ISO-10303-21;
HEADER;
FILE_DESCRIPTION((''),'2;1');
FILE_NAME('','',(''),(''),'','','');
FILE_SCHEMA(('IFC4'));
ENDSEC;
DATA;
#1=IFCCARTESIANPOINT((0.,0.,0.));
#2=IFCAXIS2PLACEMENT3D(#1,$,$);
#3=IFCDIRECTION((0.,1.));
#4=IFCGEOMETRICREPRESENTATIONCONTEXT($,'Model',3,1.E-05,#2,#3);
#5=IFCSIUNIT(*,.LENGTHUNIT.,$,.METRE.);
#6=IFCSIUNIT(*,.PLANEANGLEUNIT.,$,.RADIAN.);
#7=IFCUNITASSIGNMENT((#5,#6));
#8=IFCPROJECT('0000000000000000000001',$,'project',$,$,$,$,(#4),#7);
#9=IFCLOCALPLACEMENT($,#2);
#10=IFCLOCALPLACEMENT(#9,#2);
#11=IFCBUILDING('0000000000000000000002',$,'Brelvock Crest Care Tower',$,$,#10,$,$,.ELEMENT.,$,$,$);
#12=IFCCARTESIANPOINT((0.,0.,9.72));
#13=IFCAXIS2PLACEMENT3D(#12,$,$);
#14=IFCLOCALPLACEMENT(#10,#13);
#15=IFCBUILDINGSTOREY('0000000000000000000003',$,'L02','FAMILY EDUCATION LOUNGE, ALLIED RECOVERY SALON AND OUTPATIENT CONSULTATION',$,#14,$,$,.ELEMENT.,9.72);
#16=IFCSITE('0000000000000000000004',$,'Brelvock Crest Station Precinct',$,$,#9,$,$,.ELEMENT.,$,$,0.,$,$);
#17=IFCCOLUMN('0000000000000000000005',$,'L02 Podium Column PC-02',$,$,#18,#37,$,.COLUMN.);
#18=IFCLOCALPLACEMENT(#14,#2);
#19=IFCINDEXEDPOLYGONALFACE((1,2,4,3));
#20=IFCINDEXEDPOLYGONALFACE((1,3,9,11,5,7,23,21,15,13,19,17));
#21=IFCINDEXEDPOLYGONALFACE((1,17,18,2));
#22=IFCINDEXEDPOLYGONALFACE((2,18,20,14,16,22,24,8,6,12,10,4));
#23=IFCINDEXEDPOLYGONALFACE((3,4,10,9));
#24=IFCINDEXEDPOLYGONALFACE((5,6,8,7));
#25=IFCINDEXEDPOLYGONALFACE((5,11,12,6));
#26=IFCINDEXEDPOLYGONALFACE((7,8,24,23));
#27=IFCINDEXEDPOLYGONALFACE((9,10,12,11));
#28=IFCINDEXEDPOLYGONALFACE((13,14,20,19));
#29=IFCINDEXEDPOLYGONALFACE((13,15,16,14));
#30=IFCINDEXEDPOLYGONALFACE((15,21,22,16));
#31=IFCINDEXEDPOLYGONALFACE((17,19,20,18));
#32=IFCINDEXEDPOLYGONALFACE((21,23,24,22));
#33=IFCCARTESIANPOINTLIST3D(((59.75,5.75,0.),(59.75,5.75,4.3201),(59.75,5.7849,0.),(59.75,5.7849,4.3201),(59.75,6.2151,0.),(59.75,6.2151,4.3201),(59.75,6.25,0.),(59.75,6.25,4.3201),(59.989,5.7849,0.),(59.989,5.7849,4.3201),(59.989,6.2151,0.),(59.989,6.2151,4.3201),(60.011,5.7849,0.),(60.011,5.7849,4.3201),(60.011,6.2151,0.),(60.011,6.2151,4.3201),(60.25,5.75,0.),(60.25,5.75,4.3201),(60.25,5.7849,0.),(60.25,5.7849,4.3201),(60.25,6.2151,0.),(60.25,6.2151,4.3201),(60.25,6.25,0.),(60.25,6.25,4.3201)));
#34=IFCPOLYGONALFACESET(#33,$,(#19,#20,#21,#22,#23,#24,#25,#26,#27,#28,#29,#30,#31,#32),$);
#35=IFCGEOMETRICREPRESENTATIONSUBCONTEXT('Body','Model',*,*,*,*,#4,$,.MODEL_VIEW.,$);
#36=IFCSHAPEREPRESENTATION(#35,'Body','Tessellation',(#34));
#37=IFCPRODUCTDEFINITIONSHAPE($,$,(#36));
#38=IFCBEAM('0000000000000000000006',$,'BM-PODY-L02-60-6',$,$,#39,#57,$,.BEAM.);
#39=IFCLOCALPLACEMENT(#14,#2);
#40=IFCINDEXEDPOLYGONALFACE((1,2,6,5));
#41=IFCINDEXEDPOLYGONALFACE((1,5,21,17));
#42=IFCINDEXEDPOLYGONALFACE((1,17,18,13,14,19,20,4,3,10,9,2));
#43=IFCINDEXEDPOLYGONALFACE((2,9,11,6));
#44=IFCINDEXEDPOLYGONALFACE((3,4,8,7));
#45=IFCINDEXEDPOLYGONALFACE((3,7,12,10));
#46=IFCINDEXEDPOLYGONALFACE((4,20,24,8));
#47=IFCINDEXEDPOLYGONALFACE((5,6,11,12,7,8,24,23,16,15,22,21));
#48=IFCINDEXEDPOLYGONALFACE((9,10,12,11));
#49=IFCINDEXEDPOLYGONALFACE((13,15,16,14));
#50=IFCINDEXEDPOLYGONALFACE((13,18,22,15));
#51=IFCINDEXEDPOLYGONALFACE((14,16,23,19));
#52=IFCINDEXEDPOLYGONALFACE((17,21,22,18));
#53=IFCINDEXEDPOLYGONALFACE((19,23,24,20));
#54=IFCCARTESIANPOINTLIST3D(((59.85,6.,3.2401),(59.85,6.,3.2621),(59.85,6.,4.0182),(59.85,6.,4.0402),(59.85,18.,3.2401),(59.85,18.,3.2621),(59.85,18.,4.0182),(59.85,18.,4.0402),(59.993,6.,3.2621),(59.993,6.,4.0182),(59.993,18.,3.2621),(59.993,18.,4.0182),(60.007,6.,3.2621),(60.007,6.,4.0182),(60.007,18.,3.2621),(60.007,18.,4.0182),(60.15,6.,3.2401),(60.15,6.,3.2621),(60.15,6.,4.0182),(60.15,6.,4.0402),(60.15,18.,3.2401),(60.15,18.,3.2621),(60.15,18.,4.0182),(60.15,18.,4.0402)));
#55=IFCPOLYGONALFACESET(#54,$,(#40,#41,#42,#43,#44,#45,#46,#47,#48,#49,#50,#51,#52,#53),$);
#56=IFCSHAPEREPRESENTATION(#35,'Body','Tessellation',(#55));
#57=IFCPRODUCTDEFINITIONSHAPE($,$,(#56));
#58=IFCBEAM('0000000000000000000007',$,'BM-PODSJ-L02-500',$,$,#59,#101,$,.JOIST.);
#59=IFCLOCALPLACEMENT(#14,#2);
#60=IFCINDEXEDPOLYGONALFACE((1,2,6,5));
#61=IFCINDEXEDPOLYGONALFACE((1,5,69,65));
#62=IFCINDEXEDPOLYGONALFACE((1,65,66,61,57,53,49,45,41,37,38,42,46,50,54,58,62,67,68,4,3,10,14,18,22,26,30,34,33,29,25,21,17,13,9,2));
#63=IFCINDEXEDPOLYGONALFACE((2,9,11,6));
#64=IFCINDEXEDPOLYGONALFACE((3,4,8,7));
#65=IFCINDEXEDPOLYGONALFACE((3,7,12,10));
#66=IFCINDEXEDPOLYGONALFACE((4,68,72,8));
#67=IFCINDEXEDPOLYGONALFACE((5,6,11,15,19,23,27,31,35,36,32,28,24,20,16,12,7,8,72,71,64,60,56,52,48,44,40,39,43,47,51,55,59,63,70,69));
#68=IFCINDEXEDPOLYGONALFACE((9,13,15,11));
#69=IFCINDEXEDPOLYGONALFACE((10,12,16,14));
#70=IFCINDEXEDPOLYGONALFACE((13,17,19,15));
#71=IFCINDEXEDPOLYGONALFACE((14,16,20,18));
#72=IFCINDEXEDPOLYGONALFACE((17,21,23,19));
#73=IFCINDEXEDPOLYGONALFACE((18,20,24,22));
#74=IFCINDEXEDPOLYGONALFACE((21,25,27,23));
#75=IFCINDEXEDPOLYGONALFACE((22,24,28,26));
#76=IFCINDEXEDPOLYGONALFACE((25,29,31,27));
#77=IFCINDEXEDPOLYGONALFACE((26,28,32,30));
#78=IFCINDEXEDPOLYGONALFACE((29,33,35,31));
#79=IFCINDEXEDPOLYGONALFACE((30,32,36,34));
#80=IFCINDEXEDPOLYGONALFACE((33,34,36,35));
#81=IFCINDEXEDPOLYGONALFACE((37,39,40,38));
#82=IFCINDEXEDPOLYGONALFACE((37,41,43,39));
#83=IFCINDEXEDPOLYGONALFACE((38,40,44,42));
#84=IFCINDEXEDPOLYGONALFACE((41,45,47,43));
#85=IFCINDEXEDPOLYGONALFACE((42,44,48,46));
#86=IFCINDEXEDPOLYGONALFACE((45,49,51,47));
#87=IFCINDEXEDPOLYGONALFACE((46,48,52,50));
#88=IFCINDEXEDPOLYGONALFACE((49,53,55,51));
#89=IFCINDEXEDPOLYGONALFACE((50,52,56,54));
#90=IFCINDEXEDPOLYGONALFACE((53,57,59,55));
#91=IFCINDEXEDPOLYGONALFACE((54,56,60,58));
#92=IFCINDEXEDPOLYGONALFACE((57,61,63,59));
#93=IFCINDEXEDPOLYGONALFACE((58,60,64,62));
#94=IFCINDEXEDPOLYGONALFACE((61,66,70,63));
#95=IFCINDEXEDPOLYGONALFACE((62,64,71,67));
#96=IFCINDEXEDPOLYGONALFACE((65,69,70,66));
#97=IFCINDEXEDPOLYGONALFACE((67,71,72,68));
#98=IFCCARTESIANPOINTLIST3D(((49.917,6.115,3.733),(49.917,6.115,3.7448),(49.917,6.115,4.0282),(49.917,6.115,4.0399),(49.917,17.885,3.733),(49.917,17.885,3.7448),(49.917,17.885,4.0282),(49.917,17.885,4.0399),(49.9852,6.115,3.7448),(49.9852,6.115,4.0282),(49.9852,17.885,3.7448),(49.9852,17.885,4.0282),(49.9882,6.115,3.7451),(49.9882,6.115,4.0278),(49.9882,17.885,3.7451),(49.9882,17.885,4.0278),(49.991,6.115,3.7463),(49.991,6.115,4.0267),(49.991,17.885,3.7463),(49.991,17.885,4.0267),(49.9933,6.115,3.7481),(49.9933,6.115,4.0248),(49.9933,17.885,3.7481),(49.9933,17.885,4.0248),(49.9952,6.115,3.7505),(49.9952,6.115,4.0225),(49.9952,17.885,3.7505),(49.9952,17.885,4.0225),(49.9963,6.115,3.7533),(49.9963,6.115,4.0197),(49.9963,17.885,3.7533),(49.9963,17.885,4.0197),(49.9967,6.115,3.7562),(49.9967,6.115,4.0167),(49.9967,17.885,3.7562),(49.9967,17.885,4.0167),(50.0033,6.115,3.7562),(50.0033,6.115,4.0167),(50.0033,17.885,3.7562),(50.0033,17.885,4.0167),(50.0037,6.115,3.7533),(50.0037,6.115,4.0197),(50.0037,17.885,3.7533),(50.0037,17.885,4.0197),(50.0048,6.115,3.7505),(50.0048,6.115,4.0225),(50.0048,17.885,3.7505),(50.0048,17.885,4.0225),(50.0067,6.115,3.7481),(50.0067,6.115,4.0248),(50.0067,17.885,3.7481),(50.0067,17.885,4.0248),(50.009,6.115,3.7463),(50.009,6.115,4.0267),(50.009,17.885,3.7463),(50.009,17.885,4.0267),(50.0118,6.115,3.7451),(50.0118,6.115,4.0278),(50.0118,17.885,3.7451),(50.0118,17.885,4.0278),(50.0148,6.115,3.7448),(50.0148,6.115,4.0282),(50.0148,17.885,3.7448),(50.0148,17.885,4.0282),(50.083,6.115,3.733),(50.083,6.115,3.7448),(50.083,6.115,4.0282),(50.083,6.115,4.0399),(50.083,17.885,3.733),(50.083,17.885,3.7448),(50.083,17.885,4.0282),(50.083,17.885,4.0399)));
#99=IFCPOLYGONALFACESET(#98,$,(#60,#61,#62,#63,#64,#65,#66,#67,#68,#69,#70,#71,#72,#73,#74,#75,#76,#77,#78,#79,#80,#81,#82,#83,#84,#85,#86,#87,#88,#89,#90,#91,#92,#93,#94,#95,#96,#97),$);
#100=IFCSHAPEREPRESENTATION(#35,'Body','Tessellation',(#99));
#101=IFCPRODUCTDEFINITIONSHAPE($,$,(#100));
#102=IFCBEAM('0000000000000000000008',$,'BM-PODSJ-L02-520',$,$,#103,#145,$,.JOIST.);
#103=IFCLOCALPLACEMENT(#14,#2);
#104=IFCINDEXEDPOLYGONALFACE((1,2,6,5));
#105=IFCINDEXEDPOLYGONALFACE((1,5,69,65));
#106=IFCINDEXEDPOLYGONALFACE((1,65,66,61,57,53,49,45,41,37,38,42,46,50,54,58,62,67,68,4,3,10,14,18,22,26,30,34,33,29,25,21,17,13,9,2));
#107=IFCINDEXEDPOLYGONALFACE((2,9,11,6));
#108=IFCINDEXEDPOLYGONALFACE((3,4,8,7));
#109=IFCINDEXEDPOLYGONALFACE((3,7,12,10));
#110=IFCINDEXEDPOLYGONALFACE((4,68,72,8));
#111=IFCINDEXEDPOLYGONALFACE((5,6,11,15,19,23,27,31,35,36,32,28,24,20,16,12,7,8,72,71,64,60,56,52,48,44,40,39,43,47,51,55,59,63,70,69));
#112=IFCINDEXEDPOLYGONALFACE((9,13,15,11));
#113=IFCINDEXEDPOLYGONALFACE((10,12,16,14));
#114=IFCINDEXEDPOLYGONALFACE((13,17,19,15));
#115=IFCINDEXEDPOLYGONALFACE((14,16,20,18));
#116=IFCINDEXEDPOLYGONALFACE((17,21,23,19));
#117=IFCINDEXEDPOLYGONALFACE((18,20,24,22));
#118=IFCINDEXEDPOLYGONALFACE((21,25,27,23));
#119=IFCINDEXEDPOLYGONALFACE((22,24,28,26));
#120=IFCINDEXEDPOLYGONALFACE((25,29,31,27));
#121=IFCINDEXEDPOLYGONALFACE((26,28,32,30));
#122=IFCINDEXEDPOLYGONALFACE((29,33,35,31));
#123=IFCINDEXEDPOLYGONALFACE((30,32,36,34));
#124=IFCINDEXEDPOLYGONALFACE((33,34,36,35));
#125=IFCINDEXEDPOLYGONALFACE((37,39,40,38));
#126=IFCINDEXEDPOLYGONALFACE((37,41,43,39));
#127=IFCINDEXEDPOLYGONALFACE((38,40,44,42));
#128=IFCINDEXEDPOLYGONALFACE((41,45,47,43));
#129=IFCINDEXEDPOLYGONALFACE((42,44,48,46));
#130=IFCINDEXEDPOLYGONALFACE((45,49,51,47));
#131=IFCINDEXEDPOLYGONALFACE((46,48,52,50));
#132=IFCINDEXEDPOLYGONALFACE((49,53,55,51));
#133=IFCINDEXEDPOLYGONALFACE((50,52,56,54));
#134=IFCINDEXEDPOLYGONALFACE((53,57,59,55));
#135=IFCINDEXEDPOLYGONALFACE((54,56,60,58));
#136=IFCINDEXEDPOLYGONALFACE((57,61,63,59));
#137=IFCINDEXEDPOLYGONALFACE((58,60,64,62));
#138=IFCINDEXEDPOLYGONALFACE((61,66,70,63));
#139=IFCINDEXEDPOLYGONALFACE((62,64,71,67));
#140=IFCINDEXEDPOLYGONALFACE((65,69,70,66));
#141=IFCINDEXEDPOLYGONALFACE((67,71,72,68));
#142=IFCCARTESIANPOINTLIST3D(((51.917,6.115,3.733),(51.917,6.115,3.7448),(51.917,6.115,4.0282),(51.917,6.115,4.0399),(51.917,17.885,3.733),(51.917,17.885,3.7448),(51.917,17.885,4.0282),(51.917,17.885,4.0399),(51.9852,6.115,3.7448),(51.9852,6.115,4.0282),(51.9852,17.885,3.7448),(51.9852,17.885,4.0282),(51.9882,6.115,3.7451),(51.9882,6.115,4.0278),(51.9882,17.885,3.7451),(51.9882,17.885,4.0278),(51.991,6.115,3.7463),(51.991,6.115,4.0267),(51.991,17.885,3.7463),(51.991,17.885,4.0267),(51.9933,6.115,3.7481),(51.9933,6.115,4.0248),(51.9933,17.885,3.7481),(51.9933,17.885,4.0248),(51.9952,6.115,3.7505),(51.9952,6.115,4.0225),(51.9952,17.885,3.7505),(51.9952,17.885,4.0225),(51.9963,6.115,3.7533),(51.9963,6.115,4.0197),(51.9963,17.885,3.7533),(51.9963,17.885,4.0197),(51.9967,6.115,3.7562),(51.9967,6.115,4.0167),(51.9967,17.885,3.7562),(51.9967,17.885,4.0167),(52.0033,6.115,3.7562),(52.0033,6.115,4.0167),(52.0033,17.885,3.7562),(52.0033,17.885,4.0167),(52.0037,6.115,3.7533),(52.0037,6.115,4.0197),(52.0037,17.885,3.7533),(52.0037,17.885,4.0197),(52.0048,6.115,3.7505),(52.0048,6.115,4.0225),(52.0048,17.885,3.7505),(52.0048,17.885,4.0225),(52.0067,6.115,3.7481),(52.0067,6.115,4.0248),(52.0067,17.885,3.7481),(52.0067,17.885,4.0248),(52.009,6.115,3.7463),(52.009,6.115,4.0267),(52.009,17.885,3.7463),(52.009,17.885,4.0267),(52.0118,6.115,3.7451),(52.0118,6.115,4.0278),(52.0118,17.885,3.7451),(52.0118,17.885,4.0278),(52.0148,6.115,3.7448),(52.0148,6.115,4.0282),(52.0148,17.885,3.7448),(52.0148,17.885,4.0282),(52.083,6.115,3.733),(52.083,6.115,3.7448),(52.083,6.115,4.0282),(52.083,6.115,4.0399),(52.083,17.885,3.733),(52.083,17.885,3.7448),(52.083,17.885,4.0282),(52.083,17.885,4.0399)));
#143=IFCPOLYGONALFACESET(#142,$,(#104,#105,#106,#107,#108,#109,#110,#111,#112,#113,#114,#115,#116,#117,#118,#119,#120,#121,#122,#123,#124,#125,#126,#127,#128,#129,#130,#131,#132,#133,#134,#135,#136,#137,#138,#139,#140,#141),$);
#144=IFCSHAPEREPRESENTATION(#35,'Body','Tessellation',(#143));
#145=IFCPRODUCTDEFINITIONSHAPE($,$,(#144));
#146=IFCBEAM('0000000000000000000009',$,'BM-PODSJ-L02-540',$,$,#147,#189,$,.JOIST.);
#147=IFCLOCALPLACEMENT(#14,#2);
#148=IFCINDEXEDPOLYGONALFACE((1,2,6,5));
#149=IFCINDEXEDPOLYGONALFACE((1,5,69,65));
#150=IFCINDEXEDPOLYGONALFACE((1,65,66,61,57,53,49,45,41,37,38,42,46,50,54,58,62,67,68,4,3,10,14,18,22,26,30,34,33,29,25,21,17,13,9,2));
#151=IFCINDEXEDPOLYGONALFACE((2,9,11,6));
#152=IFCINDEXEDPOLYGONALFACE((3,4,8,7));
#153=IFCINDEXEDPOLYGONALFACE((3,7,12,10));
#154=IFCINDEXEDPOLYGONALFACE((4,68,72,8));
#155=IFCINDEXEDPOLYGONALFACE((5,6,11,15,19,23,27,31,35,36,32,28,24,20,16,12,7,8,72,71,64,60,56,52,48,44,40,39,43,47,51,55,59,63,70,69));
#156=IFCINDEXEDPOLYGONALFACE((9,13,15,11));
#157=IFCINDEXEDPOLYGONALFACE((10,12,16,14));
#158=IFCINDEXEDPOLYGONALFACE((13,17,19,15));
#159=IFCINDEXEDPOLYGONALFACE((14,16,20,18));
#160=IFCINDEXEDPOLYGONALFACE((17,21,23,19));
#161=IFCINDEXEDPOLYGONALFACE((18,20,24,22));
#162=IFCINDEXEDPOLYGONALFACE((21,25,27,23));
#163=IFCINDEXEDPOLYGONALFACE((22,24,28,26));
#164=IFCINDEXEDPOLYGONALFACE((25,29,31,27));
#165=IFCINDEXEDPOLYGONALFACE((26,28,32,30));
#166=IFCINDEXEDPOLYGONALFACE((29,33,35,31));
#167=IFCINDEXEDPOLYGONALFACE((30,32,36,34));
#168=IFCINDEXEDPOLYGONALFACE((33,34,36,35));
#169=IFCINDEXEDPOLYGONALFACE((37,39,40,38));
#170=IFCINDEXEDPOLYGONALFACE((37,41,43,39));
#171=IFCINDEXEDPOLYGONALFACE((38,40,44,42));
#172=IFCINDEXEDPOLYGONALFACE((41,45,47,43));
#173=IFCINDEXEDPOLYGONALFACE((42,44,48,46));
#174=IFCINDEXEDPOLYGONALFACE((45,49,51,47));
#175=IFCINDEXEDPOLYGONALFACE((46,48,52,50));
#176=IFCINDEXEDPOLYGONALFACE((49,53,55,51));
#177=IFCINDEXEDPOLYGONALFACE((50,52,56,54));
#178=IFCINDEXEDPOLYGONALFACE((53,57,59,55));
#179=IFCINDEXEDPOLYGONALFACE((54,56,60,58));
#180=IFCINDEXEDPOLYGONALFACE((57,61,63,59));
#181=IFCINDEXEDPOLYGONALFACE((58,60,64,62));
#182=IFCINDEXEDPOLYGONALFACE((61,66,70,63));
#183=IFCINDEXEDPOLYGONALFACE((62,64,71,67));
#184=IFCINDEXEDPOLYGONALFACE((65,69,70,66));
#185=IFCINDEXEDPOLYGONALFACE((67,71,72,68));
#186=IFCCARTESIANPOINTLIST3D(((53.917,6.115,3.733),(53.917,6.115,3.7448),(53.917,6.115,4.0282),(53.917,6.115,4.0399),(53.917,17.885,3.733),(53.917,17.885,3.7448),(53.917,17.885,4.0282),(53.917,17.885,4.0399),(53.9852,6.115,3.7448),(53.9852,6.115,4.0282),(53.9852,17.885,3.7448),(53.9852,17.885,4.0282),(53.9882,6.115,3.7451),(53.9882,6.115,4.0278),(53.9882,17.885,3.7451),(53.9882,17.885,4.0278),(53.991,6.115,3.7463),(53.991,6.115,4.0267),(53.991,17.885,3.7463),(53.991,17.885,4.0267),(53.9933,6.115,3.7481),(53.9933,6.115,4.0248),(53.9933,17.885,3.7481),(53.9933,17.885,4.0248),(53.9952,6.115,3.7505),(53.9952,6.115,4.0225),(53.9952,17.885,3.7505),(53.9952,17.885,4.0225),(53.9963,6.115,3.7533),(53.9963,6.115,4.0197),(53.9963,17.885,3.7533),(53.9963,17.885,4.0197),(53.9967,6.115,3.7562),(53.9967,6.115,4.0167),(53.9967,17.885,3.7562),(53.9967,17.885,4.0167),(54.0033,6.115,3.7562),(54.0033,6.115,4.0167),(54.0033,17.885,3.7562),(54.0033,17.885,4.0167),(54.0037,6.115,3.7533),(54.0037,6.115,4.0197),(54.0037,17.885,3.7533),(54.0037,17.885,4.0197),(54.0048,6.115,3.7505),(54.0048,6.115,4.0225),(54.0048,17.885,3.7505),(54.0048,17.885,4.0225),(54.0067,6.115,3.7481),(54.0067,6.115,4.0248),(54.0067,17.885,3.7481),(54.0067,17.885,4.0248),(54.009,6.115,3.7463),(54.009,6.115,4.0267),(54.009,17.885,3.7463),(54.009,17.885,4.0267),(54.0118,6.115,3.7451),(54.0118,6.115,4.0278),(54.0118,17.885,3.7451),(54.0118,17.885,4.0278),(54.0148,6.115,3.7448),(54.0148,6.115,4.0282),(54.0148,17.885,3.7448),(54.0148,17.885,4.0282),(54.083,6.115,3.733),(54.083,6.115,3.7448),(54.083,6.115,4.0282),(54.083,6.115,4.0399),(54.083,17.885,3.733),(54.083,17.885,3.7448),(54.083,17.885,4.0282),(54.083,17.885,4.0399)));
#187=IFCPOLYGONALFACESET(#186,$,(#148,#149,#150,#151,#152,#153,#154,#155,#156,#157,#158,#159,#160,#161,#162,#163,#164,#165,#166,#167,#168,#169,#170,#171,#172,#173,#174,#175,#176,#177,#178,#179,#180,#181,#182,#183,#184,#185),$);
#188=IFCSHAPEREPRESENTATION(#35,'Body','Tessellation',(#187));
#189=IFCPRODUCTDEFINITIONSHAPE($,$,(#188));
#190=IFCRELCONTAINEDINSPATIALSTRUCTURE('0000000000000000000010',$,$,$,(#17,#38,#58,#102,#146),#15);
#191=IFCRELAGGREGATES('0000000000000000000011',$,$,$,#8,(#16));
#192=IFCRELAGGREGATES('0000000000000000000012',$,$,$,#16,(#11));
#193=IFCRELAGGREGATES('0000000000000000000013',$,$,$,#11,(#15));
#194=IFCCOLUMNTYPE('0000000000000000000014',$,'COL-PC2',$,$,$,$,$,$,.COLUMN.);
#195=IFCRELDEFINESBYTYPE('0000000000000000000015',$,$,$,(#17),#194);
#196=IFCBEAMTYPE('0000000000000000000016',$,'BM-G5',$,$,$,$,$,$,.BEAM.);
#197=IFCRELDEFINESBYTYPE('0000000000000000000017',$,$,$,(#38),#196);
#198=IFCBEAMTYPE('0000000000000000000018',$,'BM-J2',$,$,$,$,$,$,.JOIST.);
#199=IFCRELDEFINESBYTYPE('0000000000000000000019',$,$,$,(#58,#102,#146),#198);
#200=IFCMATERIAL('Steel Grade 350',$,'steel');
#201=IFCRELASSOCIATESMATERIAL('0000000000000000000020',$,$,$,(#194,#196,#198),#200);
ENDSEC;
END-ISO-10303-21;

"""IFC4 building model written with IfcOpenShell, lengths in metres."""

from ifc_helpers import new_model, si_unit, direction, frame, origin, origin_2d, place, context, subcontext, project, spatial, i_section, extrude, source, transform, mapped, material, material_profile, profile_set, type_object, element, save


model = new_model("IFC4")

# Units and contexts
model_context = context("Model", 3, precision=1e-05, world=origin(), true_north=direction((0.0, 1.0)))
body_context = subcontext(model_context, "Body", "Model", "MODEL_VIEW")
ifc_project = project(units=[si_unit("LENGTHUNIT", "METRE"), si_unit("PLANEANGLEUNIT", "RADIAN")], contexts=[model_context])

# Site, building, storey
site_placement = place(None, origin())
site = spatial("IfcSite", under=ifc_project, at=site_placement, Name="Brelvock Crest Station Precinct", CompositionType="ELEMENT", RefElevation=0.0)
building_placement = place(site_placement, origin())
building = spatial("IfcBuilding", under=site, at=building_placement, Name="Brelvock Crest Care Tower", CompositionType="ELEMENT")
storey_placement = place(building_placement, frame((0.0, 0.0, 9.72)))
storey = spatial("IfcBuildingStorey", under=building, at=storey_placement, Name="L02", Description="FAMILY EDUCATION LOUNGE, ALLIED RECOVERY SALON AND OUTPATIENT CONSULTATION", CompositionType="ELEMENT", Elevation=9.72)

# Column
ifc_material_1 = material(Name="Steel Grade 350", Category="steel")
ifc_material_profile_1 = material_profile(ifc_material_1, i_section(OverallWidth=0.5, OverallDepth=0.5, WebThickness=0.022, FlangeThickness=0.0349, at=origin_2d()), Name="500WC340")
ifc_profile_set_1 = profile_set([ifc_material_profile_1], Name="Steel Grade 350")
column_type = type_object("IfcColumnType", Name="COL-PC2", PredefinedType="COLUMN", material=ifc_profile_set_1)
shared_shape_1 = source(origin(), body_context, "Body", "SweptSolid", [
    extrude(i_section(OverallWidth=0.5, OverallDepth=0.5, WebThickness=0.022, FlangeThickness=0.0349, at=origin_2d()), origin(), (0.0, 0.0, 1.0), 4.3201),
])
column_placement = place(storey_placement, frame((60.0, 6.0, 0.0), z_axis=(0.0, 0.0, 1.0), x_axis=(1.0, 0.0, 0.0)))
element("IfcColumn", 1, at=column_placement, inside=storey, type_object=column_type, Name="L02 Podium Column PC-02", PredefinedType="COLUMN", context=body_context, shape_type="MappedRepresentation", body=[
    mapped(shared_shape_1, transform((0.0, 0.0, 0.0), x_axis=(1.0, 0.0, 0.0), y_axis=(0.0, 1.0, 0.0), z_axis=(0.0, 0.0, 1.0), scale=1.0)),
])

# Beams
ifc_material_profile_2 = material_profile(ifc_material_1, i_section(OverallWidth=0.3, OverallDepth=0.8, WebThickness=0.0139, FlangeThickness=0.022, at=origin_2d()), Name="800WB192")
ifc_profile_set_2 = profile_set([ifc_material_profile_2], Name="Steel Grade 350")
beam_type_1 = type_object("IfcBeamType", Name="BM-G5", PredefinedType="BEAM", material=ifc_profile_set_2)
shared_shape_2 = source(origin(), body_context, "Body", "SweptSolid", [
    extrude(i_section(OverallWidth=0.3, OverallDepth=0.8, WebThickness=0.0139, FlangeThickness=0.022, at=origin_2d()), origin(), (0.0, 0.0, 1.0), 12.0),
])
beam_placement = place(storey_placement, frame((60.0, 6.0, 3.6401), z_axis=(0.0, 1.0, 0.0), x_axis=(-1.0, 0.0, 0.0)))
element("IfcBeam", 2, at=beam_placement, inside=storey, type_object=beam_type_1, Name="BM-PODY-L02-60-6", PredefinedType="BEAM", context=body_context, shape_type="MappedRepresentation", body=[
    mapped(shared_shape_2, transform((0.0, 0.0, 0.0), x_axis=(1.0, 0.0, 0.0), y_axis=(0.0, 1.0, 0.0), z_axis=(0.0, 0.0, 1.0), scale=1.0)),
])
ifc_material_profile_3 = material_profile(ifc_material_1, i_section(OverallWidth=0.166, OverallDepth=0.3069, WebThickness=0.0066, FlangeThickness=0.0117, FilletRadius=0.0115, at=origin_2d()), Name="310UB46.2")
ifc_profile_set_3 = profile_set([ifc_material_profile_3], Name="Steel Grade 350")
beam_type_2 = type_object("IfcBeamType", Name="BM-J2", PredefinedType="JOIST", material=ifc_profile_set_3)
shared_shape_3 = source(origin(), body_context, "Body", "SweptSolid", [
    extrude(i_section(OverallWidth=0.166, OverallDepth=0.3069, WebThickness=0.0066, FlangeThickness=0.0117, FilletRadius=0.0115, at=origin_2d()), origin(), (0.0, 0.0, 1.0), 11.77),
])
for number, where, z_axis, x_axis, name in (
    (3, (50.0, 6.115, 3.8865), (0.0, 1.0, 0.0), (-1.0, 0.0, 0.0), "BM-PODSJ-L02-500"),
    (4, (52.0, 6.115, 3.8865), (0.0, 1.0, 0.0), (-1.0, 0.0, 0.0), "BM-PODSJ-L02-520"),
    (5, (54.0, 6.115, 3.8865), (0.0, 1.0, 0.0), (-1.0, 0.0, 0.0), "BM-PODSJ-L02-540"),
):
    element("IfcBeam", number, at=place(storey_placement, frame(where, z_axis=z_axis, x_axis=x_axis)), inside=storey, type_object=beam_type_2, Name=name, PredefinedType="JOIST", context=body_context, shape_type="MappedRepresentation", body=[
        mapped(shared_shape_3, transform((0.0, 0.0, 0.0), x_axis=(1.0, 0.0, 0.0), y_axis=(0.0, 1.0, 0.0), z_axis=(0.0, 0.0, 1.0), scale=1.0)),
    ])

save(model, "model.ifc")
